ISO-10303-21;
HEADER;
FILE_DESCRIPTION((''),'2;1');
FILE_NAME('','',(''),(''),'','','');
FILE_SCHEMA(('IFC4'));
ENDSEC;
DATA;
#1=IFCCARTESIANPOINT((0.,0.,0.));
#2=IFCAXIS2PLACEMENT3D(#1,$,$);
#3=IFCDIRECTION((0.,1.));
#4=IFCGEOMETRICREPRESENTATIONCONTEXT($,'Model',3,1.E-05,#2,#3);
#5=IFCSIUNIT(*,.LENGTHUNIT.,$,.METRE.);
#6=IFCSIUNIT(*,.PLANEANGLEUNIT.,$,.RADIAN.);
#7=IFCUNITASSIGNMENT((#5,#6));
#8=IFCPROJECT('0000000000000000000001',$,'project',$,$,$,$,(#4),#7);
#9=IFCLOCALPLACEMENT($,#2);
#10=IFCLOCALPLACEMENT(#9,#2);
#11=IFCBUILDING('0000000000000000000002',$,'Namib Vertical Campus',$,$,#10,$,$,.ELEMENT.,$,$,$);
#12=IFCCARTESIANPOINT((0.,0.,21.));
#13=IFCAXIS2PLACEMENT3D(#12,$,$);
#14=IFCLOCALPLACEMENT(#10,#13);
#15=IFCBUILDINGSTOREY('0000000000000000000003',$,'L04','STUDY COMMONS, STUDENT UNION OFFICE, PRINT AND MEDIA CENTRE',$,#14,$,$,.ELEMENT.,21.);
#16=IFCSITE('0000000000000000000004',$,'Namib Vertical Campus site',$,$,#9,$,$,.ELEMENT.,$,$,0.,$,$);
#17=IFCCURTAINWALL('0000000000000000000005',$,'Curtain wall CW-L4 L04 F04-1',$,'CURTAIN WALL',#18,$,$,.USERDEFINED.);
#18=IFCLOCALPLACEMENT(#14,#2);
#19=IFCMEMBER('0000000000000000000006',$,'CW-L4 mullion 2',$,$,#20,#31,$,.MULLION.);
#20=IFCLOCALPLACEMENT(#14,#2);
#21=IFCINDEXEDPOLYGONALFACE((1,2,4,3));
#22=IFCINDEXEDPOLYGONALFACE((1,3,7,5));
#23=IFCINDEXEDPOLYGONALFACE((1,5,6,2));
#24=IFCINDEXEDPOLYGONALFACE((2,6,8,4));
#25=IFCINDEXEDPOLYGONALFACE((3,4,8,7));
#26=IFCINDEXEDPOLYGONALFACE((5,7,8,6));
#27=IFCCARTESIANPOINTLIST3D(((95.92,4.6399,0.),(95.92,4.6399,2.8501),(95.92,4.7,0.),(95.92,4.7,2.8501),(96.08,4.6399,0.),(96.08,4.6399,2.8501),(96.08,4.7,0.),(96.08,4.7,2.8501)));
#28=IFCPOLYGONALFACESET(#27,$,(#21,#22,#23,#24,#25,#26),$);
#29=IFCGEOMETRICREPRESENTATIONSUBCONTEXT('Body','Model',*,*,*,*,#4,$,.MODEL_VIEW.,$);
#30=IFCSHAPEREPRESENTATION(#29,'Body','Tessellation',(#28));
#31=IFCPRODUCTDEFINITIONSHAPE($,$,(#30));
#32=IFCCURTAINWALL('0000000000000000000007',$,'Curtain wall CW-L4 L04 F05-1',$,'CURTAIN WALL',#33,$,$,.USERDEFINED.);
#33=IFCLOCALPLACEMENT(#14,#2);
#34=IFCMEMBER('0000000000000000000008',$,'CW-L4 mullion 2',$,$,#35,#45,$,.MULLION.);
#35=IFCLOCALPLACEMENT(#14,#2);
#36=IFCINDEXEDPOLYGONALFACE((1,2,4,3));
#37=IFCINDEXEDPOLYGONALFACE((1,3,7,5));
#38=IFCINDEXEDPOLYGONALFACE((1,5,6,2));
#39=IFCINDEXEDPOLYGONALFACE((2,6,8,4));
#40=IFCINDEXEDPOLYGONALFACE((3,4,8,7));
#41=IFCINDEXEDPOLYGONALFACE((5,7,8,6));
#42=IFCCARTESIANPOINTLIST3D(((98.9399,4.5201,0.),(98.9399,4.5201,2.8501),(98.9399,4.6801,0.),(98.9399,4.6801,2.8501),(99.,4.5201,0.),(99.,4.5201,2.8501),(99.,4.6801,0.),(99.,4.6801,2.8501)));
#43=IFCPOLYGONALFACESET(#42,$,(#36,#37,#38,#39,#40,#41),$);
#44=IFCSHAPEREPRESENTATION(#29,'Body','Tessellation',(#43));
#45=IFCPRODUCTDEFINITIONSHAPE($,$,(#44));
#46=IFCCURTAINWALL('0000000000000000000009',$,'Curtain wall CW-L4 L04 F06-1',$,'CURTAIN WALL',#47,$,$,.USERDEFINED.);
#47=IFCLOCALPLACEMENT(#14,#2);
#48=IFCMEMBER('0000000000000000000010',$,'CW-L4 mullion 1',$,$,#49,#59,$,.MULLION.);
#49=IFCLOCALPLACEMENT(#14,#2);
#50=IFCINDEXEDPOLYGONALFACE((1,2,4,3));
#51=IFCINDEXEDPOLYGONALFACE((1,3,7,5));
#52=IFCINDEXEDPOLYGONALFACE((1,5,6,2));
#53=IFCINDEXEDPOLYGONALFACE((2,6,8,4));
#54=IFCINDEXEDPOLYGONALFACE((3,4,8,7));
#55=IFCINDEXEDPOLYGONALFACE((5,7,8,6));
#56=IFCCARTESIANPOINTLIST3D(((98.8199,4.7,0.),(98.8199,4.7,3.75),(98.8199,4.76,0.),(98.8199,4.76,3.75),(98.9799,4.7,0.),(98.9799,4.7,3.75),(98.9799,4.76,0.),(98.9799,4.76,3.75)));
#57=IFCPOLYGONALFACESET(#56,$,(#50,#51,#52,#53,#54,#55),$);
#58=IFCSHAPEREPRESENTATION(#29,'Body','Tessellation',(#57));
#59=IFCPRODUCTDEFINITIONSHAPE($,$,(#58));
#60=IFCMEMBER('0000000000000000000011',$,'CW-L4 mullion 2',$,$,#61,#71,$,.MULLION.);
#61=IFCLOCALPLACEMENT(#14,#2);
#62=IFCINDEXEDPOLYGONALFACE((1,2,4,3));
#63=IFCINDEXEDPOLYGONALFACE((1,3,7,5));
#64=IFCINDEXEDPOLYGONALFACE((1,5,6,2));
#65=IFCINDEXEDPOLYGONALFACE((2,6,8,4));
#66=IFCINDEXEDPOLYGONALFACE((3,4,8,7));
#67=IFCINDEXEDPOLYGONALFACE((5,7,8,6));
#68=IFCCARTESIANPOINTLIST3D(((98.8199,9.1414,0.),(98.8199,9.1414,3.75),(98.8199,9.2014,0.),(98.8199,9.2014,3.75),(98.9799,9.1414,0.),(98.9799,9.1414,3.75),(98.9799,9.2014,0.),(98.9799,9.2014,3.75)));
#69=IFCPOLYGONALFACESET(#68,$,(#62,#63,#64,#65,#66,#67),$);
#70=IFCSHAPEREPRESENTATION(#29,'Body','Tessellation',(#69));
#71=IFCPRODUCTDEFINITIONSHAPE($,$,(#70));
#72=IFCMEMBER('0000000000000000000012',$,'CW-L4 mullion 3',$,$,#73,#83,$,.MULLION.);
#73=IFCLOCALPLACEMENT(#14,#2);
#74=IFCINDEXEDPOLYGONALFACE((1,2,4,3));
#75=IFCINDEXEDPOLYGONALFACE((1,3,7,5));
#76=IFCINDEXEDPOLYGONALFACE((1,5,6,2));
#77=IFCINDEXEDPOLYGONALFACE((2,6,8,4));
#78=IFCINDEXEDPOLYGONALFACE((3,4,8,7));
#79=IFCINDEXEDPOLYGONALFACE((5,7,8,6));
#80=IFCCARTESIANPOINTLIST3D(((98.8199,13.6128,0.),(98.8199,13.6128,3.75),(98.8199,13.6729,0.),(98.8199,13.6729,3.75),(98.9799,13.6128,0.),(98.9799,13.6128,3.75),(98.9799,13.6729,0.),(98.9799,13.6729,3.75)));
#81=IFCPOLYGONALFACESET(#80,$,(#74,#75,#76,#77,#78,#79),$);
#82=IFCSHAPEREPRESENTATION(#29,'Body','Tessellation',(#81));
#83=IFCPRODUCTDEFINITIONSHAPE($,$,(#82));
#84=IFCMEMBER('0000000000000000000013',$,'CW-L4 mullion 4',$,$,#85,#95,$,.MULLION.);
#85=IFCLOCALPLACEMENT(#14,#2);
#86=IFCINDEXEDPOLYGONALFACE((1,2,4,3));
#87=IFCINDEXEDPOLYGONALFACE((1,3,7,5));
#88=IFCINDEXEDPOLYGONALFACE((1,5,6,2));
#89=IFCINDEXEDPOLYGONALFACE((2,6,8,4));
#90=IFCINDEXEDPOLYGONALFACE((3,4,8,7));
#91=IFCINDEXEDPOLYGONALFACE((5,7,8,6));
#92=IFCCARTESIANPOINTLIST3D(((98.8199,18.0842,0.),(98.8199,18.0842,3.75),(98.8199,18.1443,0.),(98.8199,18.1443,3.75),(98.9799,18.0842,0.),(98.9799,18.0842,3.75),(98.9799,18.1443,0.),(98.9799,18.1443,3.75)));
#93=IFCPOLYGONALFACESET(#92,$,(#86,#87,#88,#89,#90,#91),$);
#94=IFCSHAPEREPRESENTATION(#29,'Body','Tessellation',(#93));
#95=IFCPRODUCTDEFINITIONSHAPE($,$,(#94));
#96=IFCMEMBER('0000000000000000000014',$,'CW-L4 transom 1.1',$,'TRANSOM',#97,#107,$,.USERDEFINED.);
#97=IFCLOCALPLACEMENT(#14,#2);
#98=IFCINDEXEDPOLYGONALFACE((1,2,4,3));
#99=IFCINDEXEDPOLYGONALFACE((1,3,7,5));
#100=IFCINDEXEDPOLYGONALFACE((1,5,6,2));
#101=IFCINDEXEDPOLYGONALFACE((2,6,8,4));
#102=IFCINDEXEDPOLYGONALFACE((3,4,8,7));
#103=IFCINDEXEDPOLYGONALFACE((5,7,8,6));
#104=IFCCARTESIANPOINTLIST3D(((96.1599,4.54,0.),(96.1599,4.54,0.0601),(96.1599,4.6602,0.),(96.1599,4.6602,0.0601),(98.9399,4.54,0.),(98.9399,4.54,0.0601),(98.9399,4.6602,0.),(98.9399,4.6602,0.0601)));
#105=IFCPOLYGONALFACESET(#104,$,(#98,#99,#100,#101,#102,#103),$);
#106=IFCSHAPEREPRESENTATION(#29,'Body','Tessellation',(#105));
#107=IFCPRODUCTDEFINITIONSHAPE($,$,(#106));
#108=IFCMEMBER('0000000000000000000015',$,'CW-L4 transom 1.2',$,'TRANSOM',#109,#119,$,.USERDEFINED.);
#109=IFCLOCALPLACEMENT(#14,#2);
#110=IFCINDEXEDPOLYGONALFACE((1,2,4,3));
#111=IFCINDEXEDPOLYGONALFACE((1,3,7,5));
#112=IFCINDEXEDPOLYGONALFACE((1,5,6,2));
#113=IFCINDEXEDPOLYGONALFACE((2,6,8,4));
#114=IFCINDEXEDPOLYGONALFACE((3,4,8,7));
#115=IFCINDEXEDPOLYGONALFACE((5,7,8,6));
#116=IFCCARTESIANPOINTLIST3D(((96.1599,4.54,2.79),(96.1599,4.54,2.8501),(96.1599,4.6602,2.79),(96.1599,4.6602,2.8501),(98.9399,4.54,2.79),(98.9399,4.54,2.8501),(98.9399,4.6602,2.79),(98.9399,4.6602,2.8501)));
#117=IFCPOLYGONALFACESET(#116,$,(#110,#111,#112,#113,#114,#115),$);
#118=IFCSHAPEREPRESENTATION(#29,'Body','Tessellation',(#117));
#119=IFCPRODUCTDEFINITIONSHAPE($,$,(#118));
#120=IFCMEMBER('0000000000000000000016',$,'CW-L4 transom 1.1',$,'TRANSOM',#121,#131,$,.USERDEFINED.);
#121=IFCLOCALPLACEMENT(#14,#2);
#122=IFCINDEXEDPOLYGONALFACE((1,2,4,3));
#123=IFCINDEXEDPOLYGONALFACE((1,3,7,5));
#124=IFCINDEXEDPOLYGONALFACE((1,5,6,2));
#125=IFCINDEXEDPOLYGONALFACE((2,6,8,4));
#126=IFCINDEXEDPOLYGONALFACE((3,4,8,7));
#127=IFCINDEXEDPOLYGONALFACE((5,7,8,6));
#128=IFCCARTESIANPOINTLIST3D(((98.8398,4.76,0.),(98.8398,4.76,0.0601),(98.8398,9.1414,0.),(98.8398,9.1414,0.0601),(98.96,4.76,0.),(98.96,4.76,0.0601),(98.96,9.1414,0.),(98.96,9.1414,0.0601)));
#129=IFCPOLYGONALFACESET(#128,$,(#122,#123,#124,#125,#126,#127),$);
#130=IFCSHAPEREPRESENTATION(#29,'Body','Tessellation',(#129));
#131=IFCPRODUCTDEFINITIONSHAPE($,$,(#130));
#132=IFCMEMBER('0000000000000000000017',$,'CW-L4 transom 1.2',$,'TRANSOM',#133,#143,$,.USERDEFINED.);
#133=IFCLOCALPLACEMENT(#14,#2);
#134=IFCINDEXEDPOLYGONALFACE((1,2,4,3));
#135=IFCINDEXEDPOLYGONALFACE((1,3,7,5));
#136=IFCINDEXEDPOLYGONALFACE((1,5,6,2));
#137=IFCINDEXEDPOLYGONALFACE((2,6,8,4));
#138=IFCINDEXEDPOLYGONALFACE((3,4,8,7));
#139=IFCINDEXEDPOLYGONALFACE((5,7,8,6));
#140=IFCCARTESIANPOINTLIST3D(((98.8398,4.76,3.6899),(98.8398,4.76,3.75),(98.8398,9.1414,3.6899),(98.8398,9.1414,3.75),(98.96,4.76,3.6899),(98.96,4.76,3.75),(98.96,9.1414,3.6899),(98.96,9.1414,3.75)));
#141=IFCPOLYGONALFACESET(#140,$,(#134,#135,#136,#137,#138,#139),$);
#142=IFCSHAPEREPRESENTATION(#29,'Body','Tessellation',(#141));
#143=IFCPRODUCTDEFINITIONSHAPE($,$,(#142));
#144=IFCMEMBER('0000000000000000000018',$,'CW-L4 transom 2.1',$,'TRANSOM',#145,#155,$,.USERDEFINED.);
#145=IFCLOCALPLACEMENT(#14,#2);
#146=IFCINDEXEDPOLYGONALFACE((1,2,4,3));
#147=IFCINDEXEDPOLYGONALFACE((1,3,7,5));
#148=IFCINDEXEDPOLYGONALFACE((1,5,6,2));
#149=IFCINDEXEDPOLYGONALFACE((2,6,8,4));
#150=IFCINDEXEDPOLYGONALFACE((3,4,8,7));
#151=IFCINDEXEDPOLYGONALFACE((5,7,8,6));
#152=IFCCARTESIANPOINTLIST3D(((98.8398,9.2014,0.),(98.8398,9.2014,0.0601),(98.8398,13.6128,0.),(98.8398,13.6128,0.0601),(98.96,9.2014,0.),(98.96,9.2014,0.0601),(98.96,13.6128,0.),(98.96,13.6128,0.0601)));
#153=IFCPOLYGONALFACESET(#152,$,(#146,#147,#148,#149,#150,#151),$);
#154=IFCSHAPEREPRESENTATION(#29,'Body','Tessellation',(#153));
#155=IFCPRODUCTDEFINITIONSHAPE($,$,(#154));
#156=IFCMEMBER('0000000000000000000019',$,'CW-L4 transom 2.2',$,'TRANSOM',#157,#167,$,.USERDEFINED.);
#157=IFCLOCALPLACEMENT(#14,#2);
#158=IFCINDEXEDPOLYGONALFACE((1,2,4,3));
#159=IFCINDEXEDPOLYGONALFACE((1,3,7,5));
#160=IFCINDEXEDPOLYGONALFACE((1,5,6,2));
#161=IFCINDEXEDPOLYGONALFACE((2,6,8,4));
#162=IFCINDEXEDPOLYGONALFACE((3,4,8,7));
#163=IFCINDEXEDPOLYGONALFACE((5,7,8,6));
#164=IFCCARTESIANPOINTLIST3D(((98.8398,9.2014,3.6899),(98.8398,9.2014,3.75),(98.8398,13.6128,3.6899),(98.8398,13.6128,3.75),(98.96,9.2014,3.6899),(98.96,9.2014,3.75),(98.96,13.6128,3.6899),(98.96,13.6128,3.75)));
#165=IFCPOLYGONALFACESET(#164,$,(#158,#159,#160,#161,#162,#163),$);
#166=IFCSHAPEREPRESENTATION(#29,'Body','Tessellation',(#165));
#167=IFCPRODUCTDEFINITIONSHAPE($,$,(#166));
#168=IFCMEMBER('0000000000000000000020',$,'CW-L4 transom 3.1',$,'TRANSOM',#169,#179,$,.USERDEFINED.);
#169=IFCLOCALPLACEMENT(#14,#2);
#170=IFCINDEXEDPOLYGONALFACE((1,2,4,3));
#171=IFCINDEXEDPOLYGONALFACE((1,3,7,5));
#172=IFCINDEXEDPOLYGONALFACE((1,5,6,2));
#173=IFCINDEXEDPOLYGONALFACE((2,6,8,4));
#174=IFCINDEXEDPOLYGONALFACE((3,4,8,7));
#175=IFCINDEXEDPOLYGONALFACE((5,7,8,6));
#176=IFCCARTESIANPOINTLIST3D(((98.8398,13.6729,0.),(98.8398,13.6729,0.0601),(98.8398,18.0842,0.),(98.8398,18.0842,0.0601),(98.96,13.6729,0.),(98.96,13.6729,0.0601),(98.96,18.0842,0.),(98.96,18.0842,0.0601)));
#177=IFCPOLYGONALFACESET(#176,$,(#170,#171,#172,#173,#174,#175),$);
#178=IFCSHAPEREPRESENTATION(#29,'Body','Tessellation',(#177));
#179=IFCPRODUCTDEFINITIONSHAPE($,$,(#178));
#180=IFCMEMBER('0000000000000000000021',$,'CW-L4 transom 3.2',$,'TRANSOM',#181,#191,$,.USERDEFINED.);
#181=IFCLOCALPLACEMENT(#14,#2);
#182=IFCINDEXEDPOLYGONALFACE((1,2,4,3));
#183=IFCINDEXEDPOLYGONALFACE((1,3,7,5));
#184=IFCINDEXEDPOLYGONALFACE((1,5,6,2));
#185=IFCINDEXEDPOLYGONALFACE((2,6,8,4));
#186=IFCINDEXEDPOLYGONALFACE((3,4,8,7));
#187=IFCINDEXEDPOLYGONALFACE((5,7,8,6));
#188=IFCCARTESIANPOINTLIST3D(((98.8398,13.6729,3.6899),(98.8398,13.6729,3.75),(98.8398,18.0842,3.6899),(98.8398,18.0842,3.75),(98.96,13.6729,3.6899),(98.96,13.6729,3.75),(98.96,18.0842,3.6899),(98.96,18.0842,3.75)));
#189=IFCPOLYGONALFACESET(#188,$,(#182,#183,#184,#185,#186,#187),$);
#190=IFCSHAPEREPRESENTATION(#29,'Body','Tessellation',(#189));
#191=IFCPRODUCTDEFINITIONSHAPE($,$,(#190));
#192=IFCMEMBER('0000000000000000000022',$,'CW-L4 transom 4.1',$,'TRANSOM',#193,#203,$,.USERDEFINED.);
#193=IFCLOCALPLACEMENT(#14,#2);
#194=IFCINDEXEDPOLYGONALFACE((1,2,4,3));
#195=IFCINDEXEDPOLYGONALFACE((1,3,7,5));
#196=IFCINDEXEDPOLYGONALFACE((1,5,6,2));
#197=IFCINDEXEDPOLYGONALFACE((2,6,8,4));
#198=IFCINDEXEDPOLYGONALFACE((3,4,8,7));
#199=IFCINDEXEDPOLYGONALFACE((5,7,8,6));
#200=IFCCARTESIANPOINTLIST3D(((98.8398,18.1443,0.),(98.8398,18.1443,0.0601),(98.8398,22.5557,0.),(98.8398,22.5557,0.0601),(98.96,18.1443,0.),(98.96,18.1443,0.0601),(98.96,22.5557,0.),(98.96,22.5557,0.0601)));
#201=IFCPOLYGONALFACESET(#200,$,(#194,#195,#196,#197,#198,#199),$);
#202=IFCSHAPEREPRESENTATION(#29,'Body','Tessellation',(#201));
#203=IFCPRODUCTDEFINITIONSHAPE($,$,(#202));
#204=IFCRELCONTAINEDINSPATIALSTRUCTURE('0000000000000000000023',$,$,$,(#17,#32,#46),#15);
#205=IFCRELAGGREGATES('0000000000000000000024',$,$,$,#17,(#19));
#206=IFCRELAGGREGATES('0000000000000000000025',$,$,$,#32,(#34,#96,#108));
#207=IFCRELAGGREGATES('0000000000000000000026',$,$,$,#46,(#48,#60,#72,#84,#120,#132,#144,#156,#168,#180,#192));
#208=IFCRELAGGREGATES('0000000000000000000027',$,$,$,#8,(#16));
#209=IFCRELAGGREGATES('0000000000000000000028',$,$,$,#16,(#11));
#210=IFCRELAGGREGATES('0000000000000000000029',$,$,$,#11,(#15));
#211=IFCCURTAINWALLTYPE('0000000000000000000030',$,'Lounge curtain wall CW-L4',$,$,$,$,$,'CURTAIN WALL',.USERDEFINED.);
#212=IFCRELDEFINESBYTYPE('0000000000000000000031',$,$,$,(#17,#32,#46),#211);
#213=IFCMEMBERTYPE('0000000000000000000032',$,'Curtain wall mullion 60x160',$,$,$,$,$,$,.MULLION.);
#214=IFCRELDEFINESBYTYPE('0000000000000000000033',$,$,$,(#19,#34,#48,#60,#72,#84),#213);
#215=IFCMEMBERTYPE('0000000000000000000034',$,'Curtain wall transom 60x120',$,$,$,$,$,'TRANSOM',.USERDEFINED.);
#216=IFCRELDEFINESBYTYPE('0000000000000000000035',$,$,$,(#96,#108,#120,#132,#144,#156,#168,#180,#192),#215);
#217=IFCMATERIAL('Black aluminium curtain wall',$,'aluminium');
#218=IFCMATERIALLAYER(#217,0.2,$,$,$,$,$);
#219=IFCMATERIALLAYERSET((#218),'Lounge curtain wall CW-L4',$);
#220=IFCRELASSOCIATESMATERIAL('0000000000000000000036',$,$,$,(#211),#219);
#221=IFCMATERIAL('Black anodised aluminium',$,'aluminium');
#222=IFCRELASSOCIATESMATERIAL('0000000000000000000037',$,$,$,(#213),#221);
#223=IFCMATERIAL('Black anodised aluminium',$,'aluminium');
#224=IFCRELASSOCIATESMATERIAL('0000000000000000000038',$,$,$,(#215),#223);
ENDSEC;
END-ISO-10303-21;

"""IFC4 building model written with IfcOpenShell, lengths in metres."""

from ifc_helpers import new_model, si_unit, direction, frame, origin, origin_2d, place, context, subcontext, project, spatial, rectangle, extrude, material, layer, layer_set, material_profile, profile_set, type_object, element, aggregate, save


model = new_model("IFC4")

# Units and contexts
model_context = context("Model", 3, precision=1e-05, world=origin(), true_north=direction((0.0, 1.0)))
body_context = subcontext(model_context, "Body", "Model", "MODEL_VIEW")
ifc_project = project(units=[si_unit("LENGTHUNIT", "METRE"), si_unit("PLANEANGLEUNIT", "RADIAN")], contexts=[model_context])

# Site, building, storey
site_placement = place(None, origin())
site = spatial("IfcSite", under=ifc_project, at=site_placement, Name="Namib Vertical Campus site", CompositionType="ELEMENT", RefElevation=0.0)
building_placement = place(site_placement, origin())
building = spatial("IfcBuilding", under=site, at=building_placement, Name="Namib Vertical Campus", CompositionType="ELEMENT")
storey_placement = place(building_placement, frame((0.0, 0.0, 21.0)))
storey = spatial("IfcBuildingStorey", under=building, at=storey_placement, Name="L04", Description="STUDY COMMONS, STUDENT UNION OFFICE, PRINT AND MEDIA CENTRE", CompositionType="ELEMENT", Elevation=21.0)

# Curtain walls, members
ifc_material_1 = material(Name="Black aluminium curtain wall", Category="aluminium")
ifc_layer_1 = layer(ifc_material_1, 0.2)
ifc_layer_set_1 = layer_set([ifc_layer_1], Name="Lounge curtain wall CW-L4")
curtain_wall_type = type_object("IfcCurtainWallType", Name="Lounge curtain wall CW-L4", ElementType="CURTAIN WALL", PredefinedType="USERDEFINED", material=ifc_layer_set_1)
curtain_wall_1_placement = place(storey_placement, origin())
curtain_wall_1 = element("IfcCurtainWall", 1, at=curtain_wall_1_placement, inside=storey, type_object=curtain_wall_type, Name="Curtain wall CW-L4 L04 F04-1", ObjectType="CURTAIN WALL", PredefinedType="USERDEFINED")
ifc_material_2 = material(Name="Black anodised aluminium", Category="aluminium")
ifc_material_profile_1 = material_profile(ifc_material_2, rectangle(XDim=0.0601, YDim=0.1599, at=origin_2d()))
ifc_profile_set_1 = profile_set([ifc_material_profile_1], Name="Black anodised aluminium")
member_type_1 = type_object("IfcMemberType", Name="Curtain wall mullion 60x160", PredefinedType="MULLION", material=ifc_profile_set_1)
member_1_placement = place(storey_placement, frame((96.0, 4.6699, 0.0), z_axis=(0.0, 0.0, 1.0), x_axis=(0.0, 1.0, 0.0)))
member_1 = element("IfcMember", 2, at=member_1_placement, type_object=member_type_1, Name="CW-L4 mullion 2", PredefinedType="MULLION", context=body_context, shape_type="SweptSolid", body=[
    extrude(rectangle(XDim=0.0601, YDim=0.1599, at=origin_2d()), origin(), (0.0, 0.0, 1.0), 2.8501),
])
aggregate(curtain_wall_1, [member_1])
curtain_wall_2_placement = place(storey_placement, origin())
curtain_wall_2 = element("IfcCurtainWall", 3, at=curtain_wall_2_placement, inside=storey, type_object=curtain_wall_type, Name="Curtain wall CW-L4 L04 F05-1", ObjectType="CURTAIN WALL", PredefinedType="USERDEFINED")
member_2_placement = place(storey_placement, frame((98.97, 4.6001, 0.0), z_axis=(0.0, 0.0, 1.0), x_axis=(1.0, 0.0, 0.0)))
member_2 = element("IfcMember", 4, at=member_2_placement, type_object=member_type_1, Name="CW-L4 mullion 2", PredefinedType="MULLION", context=body_context, shape_type="SweptSolid", body=[
    extrude(rectangle(XDim=0.0601, YDim=0.1599, at=origin_2d()), origin(), (0.0, 0.0, 1.0), 2.8501),
])

# Curtain wall, members
curtain_wall_3_placement = place(storey_placement, origin())
curtain_wall_3 = element("IfcCurtainWall", 5, at=curtain_wall_3_placement, inside=storey, type_object=curtain_wall_type, Name="Curtain wall CW-L4 L04 F06-1", ObjectType="CURTAIN WALL", PredefinedType="USERDEFINED")
member_3_placement = place(storey_placement, frame((98.8999, 4.73, 0.0), z_axis=(0.0, 0.0, 1.0), x_axis=(0.0, 1.0, 0.0)))
member_3 = element("IfcMember", 6, at=member_3_placement, type_object=member_type_1, Name="CW-L4 mullion 1", PredefinedType="MULLION", context=body_context, shape_type="SweptSolid", body=[
    extrude(rectangle(XDim=0.0601, YDim=0.1599, at=origin_2d()), origin(), (0.0, 0.0, 1.0), 3.75),
])
member_4_placement = place(storey_placement, frame((98.8999, 9.1714, 0.0), z_axis=(0.0, 0.0, 1.0), x_axis=(0.0, 1.0, 0.0)))
member_4 = element("IfcMember", 7, at=member_4_placement, type_object=member_type_1, Name="CW-L4 mullion 2", PredefinedType="MULLION", context=body_context, shape_type="SweptSolid", body=[
    extrude(rectangle(XDim=0.0601, YDim=0.1599, at=origin_2d()), origin(), (0.0, 0.0, 1.0), 3.75),
])
member_5_placement = place(storey_placement, frame((98.8999, 13.6428, 0.0), z_axis=(0.0, 0.0, 1.0), x_axis=(0.0, 1.0, 0.0)))
member_5 = element("IfcMember", 8, at=member_5_placement, type_object=member_type_1, Name="CW-L4 mullion 3", PredefinedType="MULLION", context=body_context, shape_type="SweptSolid", body=[
    extrude(rectangle(XDim=0.0601, YDim=0.1599, at=origin_2d()), origin(), (0.0, 0.0, 1.0), 3.75),
])
member_6_placement = place(storey_placement, frame((98.8999, 18.1143, 0.0), z_axis=(0.0, 0.0, 1.0), x_axis=(0.0, 1.0, 0.0)))
member_6 = element("IfcMember", 9, at=member_6_placement, type_object=member_type_1, Name="CW-L4 mullion 4", PredefinedType="MULLION", context=body_context, shape_type="SweptSolid", body=[
    extrude(rectangle(XDim=0.0601, YDim=0.1599, at=origin_2d()), origin(), (0.0, 0.0, 1.0), 3.75),
])

# Members
ifc_material_3 = material(Name="Black anodised aluminium", Category="aluminium")
ifc_material_profile_2 = material_profile(ifc_material_3, rectangle(XDim=0.0601, YDim=0.1201, at=origin_2d()))
ifc_profile_set_2 = profile_set([ifc_material_profile_2], Name="Black anodised aluminium")
member_type_2 = type_object("IfcMemberType", Name="Curtain wall transom 60x120", ElementType="TRANSOM", PredefinedType="USERDEFINED", material=ifc_profile_set_2)
member_7_placement = place(storey_placement, frame((96.1599, 4.6001, 0.03), z_axis=(1.0, 0.0, 0.0), x_axis=(0.0, 0.0, 1.0)))
member_7 = element("IfcMember", 10, at=member_7_placement, type_object=member_type_2, Name="CW-L4 transom 1.1", ObjectType="TRANSOM", PredefinedType="USERDEFINED", context=body_context, shape_type="SweptSolid", body=[
    extrude(rectangle(XDim=0.0601, YDim=0.1201, at=origin_2d()), origin(), (0.0, 0.0, 1.0), 2.78),
])
member_8_placement = place(storey_placement, frame((96.1599, 4.6001, 2.8201), z_axis=(1.0, 0.0, 0.0), x_axis=(0.0, 0.0, 1.0)))
member_8 = element("IfcMember", 11, at=member_8_placement, type_object=member_type_2, Name="CW-L4 transom 1.2", ObjectType="TRANSOM", PredefinedType="USERDEFINED", context=body_context, shape_type="SweptSolid", body=[
    extrude(rectangle(XDim=0.0601, YDim=0.1201, at=origin_2d()), origin(), (0.0, 0.0, 1.0), 2.78),
])
member_9_placement = place(storey_placement, frame((98.8999, 4.76, 0.03), z_axis=(0.0, 1.0, 0.0), x_axis=(0.0, 0.0, 1.0)))
member_9 = element("IfcMember", 12, at=member_9_placement, type_object=member_type_2, Name="CW-L4 transom 1.1", ObjectType="TRANSOM", PredefinedType="USERDEFINED", context=body_context, shape_type="SweptSolid", body=[
    extrude(rectangle(XDim=0.0601, YDim=0.1201, at=origin_2d()), origin(), (0.0, 0.0, 1.0), 4.3813),
])
member_10_placement = place(storey_placement, frame((98.8999, 4.76, 3.72), z_axis=(0.0, 1.0, 0.0), x_axis=(0.0, 0.0, 1.0)))
member_10 = element("IfcMember", 13, at=member_10_placement, type_object=member_type_2, Name="CW-L4 transom 1.2", ObjectType="TRANSOM", PredefinedType="USERDEFINED", context=body_context, shape_type="SweptSolid", body=[
    extrude(rectangle(XDim=0.0601, YDim=0.1201, at=origin_2d()), origin(), (0.0, 0.0, 1.0), 4.3813),
])
member_11_placement = place(storey_placement, frame((98.8999, 9.2014, 0.03), z_axis=(0.0, 1.0, 0.0), x_axis=(0.0, 0.0, 1.0)))
member_11 = element("IfcMember", 14, at=member_11_placement, type_object=member_type_2, Name="CW-L4 transom 2.1", ObjectType="TRANSOM", PredefinedType="USERDEFINED", context=body_context, shape_type="SweptSolid", body=[
    extrude(rectangle(XDim=0.0601, YDim=0.1201, at=origin_2d()), origin(), (0.0, 0.0, 1.0), 4.4114),
])
member_12_placement = place(storey_placement, frame((98.8999, 9.2014, 3.72), z_axis=(0.0, 1.0, 0.0), x_axis=(0.0, 0.0, 1.0)))
member_12 = element("IfcMember", 15, at=member_12_placement, type_object=member_type_2, Name="CW-L4 transom 2.2", ObjectType="TRANSOM", PredefinedType="USERDEFINED", context=body_context, shape_type="SweptSolid", body=[
    extrude(rectangle(XDim=0.0601, YDim=0.1201, at=origin_2d()), origin(), (0.0, 0.0, 1.0), 4.4114),
])
member_13_placement = place(storey_placement, frame((98.8999, 13.6729, 0.03), z_axis=(0.0, 1.0, 0.0), x_axis=(0.0, 0.0, 1.0)))
member_13 = element("IfcMember", 16, at=member_13_placement, type_object=member_type_2, Name="CW-L4 transom 3.1", ObjectType="TRANSOM", PredefinedType="USERDEFINED", context=body_context, shape_type="SweptSolid", body=[
    extrude(rectangle(XDim=0.0601, YDim=0.1201, at=origin_2d()), origin(), (0.0, 0.0, 1.0), 4.4114),
])
member_14_placement = place(storey_placement, frame((98.8999, 13.6729, 3.72), z_axis=(0.0, 1.0, 0.0), x_axis=(0.0, 0.0, 1.0)))
member_14 = element("IfcMember", 17, at=member_14_placement, type_object=member_type_2, Name="CW-L4 transom 3.2", ObjectType="TRANSOM", PredefinedType="USERDEFINED", context=body_context, shape_type="SweptSolid", body=[
    extrude(rectangle(XDim=0.0601, YDim=0.1201, at=origin_2d()), origin(), (0.0, 0.0, 1.0), 4.4114),
])
member_15_placement = place(storey_placement, frame((98.8999, 18.1443, 0.03), z_axis=(0.0, 1.0, 0.0), x_axis=(0.0, 0.0, 1.0)))
member_15 = element("IfcMember", 18, at=member_15_placement, type_object=member_type_2, Name="CW-L4 transom 4.1", ObjectType="TRANSOM", PredefinedType="USERDEFINED", context=body_context, shape_type="SweptSolid", body=[
    extrude(rectangle(XDim=0.0601, YDim=0.1201, at=origin_2d()), origin(), (0.0, 0.0, 1.0), 4.4114),
])

aggregate(curtain_wall_2, [member_2, member_7, member_8])
aggregate(curtain_wall_3, [member_3, member_4, member_5, member_6, member_9, member_10, member_11, member_12, member_13, member_14, member_15])

save(model, "model.ifc")
